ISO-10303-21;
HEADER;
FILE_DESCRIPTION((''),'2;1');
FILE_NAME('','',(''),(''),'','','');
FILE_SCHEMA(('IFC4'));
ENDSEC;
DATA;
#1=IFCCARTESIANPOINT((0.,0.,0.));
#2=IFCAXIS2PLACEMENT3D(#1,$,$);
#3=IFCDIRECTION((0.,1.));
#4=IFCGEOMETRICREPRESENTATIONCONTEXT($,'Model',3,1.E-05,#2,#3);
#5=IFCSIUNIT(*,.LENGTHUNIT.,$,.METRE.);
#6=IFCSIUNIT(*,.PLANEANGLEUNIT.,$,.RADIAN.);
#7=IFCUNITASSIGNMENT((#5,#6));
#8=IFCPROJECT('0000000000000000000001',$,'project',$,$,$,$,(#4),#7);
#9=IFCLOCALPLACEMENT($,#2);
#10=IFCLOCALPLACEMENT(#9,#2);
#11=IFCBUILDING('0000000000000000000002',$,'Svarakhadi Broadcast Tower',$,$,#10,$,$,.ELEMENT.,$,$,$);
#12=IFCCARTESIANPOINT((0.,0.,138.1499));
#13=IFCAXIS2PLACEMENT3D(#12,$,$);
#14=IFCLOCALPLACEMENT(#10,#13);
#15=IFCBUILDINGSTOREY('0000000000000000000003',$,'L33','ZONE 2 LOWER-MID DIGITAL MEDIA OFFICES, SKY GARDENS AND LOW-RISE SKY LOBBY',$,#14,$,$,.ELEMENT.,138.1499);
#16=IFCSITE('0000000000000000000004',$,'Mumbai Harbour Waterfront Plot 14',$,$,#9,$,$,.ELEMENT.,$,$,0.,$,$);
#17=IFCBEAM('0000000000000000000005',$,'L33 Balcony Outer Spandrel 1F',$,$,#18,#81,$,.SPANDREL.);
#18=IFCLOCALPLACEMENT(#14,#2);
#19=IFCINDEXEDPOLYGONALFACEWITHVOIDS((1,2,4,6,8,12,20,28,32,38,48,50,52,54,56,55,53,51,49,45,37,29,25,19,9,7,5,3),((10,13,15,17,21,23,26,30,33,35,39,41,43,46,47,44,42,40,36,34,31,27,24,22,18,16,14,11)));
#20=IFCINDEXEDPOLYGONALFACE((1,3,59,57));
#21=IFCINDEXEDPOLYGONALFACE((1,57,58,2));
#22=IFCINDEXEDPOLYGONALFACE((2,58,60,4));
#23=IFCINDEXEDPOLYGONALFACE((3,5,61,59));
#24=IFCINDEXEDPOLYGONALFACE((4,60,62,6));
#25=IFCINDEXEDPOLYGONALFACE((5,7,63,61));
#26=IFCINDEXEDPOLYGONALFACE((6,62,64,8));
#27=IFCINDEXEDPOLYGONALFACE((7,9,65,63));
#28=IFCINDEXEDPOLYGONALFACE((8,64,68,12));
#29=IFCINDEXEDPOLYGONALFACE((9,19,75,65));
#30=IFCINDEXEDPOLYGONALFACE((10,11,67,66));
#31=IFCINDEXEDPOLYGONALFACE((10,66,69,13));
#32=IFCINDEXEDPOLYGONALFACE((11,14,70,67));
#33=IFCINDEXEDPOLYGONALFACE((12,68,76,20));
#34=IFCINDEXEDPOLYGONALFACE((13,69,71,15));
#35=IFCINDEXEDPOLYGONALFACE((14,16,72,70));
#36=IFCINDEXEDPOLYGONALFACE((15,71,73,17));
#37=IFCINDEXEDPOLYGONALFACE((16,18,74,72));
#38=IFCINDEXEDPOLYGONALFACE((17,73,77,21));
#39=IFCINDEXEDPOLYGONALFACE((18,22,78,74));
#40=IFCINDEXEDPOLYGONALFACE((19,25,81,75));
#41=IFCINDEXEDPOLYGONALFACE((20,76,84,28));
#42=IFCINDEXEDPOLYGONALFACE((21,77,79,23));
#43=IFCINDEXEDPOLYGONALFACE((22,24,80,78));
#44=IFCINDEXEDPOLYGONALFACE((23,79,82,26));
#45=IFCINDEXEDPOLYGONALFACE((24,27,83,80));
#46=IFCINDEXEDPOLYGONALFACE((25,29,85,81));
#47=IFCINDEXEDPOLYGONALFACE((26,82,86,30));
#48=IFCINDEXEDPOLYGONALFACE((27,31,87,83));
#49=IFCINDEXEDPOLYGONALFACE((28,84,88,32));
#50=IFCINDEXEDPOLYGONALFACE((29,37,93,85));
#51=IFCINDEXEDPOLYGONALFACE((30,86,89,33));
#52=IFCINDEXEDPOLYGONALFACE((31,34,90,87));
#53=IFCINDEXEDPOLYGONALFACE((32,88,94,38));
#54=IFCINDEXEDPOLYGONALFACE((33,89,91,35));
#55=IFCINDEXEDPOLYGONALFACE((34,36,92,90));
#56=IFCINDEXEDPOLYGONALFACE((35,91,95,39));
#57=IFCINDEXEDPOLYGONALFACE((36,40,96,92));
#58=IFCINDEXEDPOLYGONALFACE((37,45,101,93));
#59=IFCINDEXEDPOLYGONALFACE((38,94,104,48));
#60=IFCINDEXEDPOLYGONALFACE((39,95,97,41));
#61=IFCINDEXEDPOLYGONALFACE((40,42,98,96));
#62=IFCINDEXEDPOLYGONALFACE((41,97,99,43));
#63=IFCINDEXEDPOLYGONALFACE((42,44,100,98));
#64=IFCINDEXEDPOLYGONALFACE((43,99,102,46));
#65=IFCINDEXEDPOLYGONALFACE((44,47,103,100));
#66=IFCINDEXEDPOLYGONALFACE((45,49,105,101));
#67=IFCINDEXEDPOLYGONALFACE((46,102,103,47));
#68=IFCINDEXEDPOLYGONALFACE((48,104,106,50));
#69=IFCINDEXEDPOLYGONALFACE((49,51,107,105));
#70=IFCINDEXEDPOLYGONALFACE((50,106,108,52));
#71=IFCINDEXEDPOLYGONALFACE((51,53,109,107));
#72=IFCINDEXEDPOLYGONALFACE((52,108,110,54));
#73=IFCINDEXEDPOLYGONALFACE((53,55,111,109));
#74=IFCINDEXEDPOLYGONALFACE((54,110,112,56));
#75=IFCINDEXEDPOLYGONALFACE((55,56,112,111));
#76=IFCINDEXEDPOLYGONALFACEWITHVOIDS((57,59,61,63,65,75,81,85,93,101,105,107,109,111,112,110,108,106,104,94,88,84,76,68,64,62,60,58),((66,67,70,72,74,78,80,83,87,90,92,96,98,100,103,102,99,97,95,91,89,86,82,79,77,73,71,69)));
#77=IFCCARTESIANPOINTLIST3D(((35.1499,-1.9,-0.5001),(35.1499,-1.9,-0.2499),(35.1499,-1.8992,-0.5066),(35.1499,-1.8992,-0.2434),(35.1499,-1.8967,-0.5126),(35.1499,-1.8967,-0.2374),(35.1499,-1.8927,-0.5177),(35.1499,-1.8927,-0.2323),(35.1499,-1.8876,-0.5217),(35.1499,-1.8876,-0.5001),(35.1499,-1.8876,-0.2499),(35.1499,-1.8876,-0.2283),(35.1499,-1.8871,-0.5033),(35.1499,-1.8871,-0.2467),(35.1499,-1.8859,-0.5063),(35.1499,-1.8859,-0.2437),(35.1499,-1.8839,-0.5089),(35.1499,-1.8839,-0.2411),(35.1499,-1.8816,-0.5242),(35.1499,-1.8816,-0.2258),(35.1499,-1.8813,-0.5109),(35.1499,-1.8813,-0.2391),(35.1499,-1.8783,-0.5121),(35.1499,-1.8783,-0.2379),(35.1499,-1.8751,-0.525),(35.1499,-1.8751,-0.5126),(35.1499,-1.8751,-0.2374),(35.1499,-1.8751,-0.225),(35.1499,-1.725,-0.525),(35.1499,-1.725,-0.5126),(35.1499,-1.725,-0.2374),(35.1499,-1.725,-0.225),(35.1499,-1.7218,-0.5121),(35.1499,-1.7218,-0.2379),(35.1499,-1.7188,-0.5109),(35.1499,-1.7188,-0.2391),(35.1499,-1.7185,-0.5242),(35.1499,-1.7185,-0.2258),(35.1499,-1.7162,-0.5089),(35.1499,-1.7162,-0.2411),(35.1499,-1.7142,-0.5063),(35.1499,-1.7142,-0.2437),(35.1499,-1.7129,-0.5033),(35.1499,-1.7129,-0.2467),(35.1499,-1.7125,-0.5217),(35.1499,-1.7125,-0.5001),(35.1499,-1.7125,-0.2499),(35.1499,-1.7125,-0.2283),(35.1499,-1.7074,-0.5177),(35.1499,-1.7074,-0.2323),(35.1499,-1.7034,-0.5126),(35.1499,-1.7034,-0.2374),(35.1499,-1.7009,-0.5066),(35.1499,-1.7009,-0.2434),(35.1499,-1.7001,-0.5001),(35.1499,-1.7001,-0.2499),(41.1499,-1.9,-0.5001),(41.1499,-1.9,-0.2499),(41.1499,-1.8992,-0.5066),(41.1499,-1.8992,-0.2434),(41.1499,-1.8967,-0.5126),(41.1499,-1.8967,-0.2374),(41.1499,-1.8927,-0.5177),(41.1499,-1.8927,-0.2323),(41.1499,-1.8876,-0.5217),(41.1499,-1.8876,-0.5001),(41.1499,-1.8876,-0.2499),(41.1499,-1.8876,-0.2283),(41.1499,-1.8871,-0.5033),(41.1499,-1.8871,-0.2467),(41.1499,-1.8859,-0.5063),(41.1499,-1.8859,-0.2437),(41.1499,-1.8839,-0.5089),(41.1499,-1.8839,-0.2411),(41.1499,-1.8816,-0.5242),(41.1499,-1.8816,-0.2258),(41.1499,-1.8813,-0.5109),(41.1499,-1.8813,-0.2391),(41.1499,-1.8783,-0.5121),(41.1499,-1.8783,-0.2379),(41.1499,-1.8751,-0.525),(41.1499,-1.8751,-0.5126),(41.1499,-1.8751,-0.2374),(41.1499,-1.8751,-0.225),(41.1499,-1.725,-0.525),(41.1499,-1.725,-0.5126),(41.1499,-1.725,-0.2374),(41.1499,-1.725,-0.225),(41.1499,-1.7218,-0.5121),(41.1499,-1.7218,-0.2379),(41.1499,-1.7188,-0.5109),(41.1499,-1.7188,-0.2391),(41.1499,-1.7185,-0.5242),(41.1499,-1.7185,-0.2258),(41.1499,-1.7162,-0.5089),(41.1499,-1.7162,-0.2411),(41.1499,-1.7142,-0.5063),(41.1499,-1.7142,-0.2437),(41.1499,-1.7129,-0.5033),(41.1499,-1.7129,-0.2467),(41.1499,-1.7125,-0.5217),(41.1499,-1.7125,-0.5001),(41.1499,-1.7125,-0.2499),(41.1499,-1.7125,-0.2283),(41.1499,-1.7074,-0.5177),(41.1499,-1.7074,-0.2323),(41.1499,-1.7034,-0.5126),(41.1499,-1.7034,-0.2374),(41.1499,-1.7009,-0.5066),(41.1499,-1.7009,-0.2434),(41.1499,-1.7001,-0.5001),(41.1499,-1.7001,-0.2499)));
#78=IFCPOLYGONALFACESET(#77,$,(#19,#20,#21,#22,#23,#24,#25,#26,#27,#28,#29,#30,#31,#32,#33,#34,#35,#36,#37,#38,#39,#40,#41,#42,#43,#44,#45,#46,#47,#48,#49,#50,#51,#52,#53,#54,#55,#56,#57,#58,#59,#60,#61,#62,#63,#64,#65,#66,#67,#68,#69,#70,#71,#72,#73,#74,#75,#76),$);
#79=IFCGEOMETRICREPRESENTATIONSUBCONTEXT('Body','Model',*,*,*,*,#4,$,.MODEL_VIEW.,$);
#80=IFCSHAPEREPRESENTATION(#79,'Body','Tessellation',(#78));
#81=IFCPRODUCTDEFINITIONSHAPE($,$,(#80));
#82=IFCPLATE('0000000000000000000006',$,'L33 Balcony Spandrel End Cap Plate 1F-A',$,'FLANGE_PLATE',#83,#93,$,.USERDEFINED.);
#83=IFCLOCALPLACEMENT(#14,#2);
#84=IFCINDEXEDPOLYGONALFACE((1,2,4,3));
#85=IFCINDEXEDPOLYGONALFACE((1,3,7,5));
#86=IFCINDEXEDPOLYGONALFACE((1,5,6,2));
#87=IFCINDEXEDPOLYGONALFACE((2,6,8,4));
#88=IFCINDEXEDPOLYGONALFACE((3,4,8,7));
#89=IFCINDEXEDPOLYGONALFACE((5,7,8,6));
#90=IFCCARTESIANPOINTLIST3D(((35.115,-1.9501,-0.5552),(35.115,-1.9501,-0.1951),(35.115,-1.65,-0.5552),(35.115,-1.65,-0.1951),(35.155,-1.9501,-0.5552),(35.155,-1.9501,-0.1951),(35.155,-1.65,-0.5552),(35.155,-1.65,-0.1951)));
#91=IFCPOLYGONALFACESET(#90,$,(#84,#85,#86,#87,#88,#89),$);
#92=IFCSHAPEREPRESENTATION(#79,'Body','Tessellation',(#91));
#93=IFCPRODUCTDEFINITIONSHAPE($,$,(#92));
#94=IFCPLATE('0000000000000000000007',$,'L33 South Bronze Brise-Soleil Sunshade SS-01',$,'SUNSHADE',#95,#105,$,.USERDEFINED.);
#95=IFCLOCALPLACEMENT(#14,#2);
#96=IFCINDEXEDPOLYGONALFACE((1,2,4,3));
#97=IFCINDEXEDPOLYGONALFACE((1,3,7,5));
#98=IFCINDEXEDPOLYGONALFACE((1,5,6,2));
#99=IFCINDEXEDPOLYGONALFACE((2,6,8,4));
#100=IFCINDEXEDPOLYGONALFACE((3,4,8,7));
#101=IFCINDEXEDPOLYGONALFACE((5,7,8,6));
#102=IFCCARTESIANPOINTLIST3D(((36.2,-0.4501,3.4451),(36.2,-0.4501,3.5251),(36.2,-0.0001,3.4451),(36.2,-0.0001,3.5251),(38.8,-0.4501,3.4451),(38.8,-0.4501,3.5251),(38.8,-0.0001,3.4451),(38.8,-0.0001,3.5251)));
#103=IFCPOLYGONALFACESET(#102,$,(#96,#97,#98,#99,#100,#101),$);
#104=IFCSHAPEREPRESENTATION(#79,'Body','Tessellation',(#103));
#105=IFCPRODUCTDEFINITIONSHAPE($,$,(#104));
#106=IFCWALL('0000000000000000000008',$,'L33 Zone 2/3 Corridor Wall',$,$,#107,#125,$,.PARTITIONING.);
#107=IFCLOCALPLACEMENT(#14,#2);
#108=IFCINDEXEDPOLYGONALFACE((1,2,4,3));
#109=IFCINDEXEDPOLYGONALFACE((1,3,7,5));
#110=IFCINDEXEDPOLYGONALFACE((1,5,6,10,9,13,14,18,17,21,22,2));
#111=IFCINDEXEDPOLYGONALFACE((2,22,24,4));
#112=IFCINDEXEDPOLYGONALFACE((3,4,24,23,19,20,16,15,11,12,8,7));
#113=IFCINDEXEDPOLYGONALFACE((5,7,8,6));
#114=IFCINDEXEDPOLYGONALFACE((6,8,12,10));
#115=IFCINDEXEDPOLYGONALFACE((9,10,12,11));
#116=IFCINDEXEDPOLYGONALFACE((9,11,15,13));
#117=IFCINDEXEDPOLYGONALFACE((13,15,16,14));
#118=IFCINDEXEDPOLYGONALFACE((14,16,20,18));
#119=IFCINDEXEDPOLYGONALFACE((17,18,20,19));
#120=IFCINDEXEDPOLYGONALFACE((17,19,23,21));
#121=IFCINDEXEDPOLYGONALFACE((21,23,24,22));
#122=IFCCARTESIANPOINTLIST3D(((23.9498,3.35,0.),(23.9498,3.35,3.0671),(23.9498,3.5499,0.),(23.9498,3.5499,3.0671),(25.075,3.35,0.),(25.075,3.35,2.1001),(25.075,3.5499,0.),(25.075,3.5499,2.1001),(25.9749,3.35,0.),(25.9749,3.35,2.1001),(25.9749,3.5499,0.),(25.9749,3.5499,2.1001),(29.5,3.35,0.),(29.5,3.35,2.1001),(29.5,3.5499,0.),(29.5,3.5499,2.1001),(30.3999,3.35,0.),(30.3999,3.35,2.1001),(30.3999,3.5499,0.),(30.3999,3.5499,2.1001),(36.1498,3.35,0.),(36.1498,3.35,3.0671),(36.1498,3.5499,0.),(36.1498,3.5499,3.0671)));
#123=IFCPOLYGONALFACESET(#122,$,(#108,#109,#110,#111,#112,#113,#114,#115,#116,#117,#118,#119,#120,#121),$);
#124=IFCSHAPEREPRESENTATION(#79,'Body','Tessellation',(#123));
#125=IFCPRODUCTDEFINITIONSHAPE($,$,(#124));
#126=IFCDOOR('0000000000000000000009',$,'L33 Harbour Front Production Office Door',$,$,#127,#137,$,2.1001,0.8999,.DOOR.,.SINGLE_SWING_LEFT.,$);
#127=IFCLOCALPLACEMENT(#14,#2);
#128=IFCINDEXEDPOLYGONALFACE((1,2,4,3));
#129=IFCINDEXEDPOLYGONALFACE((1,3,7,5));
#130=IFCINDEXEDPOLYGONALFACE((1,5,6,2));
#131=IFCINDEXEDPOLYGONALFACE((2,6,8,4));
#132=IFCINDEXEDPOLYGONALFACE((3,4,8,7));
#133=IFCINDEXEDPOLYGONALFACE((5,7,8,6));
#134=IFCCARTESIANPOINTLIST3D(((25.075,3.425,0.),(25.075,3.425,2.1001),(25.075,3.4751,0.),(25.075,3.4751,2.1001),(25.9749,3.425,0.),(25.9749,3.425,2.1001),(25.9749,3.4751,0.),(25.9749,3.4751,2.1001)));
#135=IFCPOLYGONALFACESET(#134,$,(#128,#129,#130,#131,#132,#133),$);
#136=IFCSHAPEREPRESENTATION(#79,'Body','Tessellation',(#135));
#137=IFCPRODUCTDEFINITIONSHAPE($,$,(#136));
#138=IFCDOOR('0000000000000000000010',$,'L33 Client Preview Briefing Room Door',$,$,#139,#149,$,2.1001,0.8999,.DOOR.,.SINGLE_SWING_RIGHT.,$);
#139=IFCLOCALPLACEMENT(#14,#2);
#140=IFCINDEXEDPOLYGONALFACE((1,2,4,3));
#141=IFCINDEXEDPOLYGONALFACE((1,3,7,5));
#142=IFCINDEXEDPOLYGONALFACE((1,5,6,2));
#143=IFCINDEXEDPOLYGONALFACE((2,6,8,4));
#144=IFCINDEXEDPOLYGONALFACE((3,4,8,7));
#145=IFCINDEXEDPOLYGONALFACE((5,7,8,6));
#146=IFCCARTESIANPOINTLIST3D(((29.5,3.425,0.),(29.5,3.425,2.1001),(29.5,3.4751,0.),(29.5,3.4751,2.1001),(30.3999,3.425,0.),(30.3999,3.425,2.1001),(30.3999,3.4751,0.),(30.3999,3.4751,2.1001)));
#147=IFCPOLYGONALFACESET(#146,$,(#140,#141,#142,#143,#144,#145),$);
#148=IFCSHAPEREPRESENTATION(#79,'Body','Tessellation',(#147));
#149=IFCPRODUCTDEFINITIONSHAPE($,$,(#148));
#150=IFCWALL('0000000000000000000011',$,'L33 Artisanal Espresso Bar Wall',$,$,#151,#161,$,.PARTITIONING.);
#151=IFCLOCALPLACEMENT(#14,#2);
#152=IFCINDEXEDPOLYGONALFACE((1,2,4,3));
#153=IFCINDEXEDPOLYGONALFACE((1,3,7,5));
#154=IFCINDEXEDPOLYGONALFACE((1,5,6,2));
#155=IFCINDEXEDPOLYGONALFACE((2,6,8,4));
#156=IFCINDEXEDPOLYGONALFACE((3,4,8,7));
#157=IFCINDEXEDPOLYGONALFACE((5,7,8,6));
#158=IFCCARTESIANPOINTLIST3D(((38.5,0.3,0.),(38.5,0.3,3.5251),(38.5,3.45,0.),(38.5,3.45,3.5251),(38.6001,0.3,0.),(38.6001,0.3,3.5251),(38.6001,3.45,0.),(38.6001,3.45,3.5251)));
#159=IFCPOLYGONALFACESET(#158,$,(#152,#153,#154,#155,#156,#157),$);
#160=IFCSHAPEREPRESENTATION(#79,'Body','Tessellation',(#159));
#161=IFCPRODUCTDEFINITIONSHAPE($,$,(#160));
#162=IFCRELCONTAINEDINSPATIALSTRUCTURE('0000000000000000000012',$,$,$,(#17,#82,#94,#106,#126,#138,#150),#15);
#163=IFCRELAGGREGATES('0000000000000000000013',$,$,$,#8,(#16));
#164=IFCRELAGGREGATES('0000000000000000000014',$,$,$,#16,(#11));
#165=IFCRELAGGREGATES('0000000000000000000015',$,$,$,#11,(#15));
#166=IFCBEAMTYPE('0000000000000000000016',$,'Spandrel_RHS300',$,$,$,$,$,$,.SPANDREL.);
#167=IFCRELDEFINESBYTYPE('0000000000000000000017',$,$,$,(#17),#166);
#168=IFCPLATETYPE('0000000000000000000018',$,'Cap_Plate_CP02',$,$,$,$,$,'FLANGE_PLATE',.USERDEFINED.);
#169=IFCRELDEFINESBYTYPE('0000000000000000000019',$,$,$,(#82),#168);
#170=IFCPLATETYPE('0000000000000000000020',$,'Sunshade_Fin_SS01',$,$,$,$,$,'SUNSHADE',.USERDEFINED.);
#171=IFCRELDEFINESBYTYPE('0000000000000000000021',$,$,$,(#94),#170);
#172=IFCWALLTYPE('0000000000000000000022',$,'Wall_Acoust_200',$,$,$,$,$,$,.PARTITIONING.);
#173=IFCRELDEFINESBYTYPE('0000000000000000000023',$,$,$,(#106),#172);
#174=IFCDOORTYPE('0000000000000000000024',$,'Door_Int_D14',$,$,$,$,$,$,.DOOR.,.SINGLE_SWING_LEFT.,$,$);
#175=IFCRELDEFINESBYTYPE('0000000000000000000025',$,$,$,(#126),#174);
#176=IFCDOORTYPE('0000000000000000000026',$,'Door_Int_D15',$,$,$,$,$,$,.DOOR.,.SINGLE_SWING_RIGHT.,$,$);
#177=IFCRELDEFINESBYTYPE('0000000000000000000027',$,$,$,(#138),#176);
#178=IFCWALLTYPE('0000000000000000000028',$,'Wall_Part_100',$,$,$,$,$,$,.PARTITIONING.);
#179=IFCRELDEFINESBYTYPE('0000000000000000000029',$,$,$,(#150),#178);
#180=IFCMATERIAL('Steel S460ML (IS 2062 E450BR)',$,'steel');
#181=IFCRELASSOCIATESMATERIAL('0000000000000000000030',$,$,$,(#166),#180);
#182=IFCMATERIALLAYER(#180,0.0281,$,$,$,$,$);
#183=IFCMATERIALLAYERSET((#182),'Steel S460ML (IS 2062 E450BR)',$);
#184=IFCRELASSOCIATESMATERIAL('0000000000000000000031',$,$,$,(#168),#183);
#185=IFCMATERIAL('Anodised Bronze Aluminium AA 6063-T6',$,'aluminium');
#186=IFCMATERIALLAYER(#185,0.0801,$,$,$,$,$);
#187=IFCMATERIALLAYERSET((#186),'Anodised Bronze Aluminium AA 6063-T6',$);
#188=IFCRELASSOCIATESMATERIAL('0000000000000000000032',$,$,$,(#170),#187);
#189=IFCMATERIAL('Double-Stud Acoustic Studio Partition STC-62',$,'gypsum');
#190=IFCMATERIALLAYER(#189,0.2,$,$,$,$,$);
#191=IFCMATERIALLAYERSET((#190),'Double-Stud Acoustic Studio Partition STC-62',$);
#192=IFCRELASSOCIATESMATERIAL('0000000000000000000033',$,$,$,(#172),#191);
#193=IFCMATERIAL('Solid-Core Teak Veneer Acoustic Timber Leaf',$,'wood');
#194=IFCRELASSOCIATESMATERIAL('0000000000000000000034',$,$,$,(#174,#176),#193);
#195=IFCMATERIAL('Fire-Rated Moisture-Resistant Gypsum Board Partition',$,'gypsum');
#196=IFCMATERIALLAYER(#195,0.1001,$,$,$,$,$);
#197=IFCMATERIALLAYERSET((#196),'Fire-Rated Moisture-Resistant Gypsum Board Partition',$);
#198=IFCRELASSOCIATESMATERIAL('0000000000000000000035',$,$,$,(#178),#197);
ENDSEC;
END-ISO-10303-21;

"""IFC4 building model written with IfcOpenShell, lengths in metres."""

from ifc_helpers import new_model, si_unit, direction, frame, frame_2d, origin, origin_2d, place, context, subcontext, project, spatial, rectangle, hollow_rectangle, extrude, material, layer, layer_set, material_profile, profile_set, type_object, element, fill, save


model = new_model("IFC4")

# Units and contexts
model_context = context("Model", 3, precision=1e-05, world=origin(), true_north=direction((0.0, 1.0)))
body_context = subcontext(model_context, "Body", "Model", "MODEL_VIEW")
ifc_project = project(units=[si_unit("LENGTHUNIT", "METRE"), si_unit("PLANEANGLEUNIT", "RADIAN")], contexts=[model_context])

# Site, building, storey
site_placement = place(None, origin())
site = spatial("IfcSite", under=ifc_project, at=site_placement, Name="Mumbai Harbour Waterfront Plot 14", CompositionType="ELEMENT", RefElevation=0.0)
building_placement = place(site_placement, origin())
building = spatial("IfcBuilding", under=site, at=building_placement, Name="Svarakhadi Broadcast Tower", CompositionType="ELEMENT")
storey_placement = place(building_placement, frame((0.0, 0.0, 138.1499)))
storey = spatial("IfcBuildingStorey", under=building, at=storey_placement, Name="L33", Description="ZONE 2 LOWER-MID DIGITAL MEDIA OFFICES, SKY GARDENS AND LOW-RISE SKY LOBBY", CompositionType="ELEMENT", Elevation=138.1499)

# Shared definitions
ifc_material_1 = material(Name="Steel S460ML (IS 2062 E450BR)", Category="steel")

# Beam
ifc_material_profile_1 = material_profile(ifc_material_1, hollow_rectangle(XDim=0.2, YDim=0.3, WallThickness=0.0125, InnerFilletRadius=0.0125, OuterFilletRadius=0.0249, at=origin_2d()), Name="RHS 300x200x12.5")
ifc_profile_set_1 = profile_set([ifc_material_profile_1], Name="Steel S460ML (IS 2062 E450BR)")
beam_type_1 = type_object("IfcBeamType", Name="Spandrel_RHS300", PredefinedType="SPANDREL", material=ifc_profile_set_1)
beam_1_placement = place(storey_placement, frame((35.1499, -1.8, -0.375), z_axis=(1.0, 0.0, 0.0), x_axis=(0.0, 1.0, 0.0)))
element("IfcBeam", 1, at=beam_1_placement, inside=storey, type_object=beam_type_1, Name="L33 Balcony Outer Spandrel 1F", PredefinedType="SPANDREL", context=body_context, shape_type="SweptSolid", body=[
    extrude(hollow_rectangle(XDim=0.2, YDim=0.3, WallThickness=0.0125, InnerFilletRadius=0.0125, OuterFilletRadius=0.0249, at=origin_2d()), origin(), (0.0, 0.0, 1.0), 6.0),
])

# Plates
ifc_layer_1 = layer(ifc_material_1, 0.0281)
ifc_layer_set_1 = layer_set([ifc_layer_1], Name="Steel S460ML (IS 2062 E450BR)")
plate_type_1 = type_object("IfcPlateType", Name="Cap_Plate_CP02", ElementType="FLANGE_PLATE", PredefinedType="USERDEFINED", material=ifc_layer_set_1)
plate_1_placement = place(storey_placement, frame((35.135, -1.8, -0.5552), z_axis=(0.0, 0.0, 1.0), x_axis=(1.0, 0.0, 0.0)))
element("IfcPlate", 2, at=plate_1_placement, inside=storey, type_object=plate_type_1, Name="L33 Balcony Spandrel End Cap Plate 1F-A", ObjectType="FLANGE_PLATE", PredefinedType="USERDEFINED", context=body_context, shape_type="SweptSolid", body=[
    extrude(rectangle(XDim=0.04, YDim=0.3, at=origin_2d()), origin(), (0.0, 0.0, 1.0), 0.3601),
])
ifc_material_2 = material(Name="Anodised Bronze Aluminium AA 6063-T6", Category="aluminium")
ifc_layer_2 = layer(ifc_material_2, 0.0801)
ifc_layer_set_2 = layer_set([ifc_layer_2], Name="Anodised Bronze Aluminium AA 6063-T6")
plate_type_2 = type_object("IfcPlateType", Name="Sunshade_Fin_SS01", ElementType="SUNSHADE", PredefinedType="USERDEFINED", material=ifc_layer_set_2)
plate_2_placement = place(storey_placement, frame((37.5, -0.2251, 3.4451), z_axis=(0.0, 0.0, 1.0), x_axis=(1.0, 0.0, 0.0)))
element("IfcPlate", 3, at=plate_2_placement, inside=storey, type_object=plate_type_2, Name="L33 South Bronze Brise-Soleil Sunshade SS-01", ObjectType="SUNSHADE", PredefinedType="USERDEFINED", context=body_context, shape_type="SweptSolid", body=[
    extrude(rectangle(XDim=2.6001, YDim=0.45, at=origin_2d()), origin(), (0.0, 0.0, 1.0), 0.0801),
])

# Wall, openings, doors
ifc_material_3 = material(Name="Double-Stud Acoustic Studio Partition STC-62", Category="gypsum")
ifc_layer_3 = layer(ifc_material_3, 0.2)
ifc_layer_set_3 = layer_set([ifc_layer_3], Name="Double-Stud Acoustic Studio Partition STC-62")
wall_type_1 = type_object("IfcWallType", Name="Wall_Acoust_200", PredefinedType="PARTITIONING", material=ifc_layer_set_3)
wall_1_placement = place(storey_placement, frame((36.1499, 3.45, 0.0), z_axis=(0.0, 0.0, 1.0), x_axis=(-1.0, 0.0, 0.0)))
wall_1 = element("IfcWall", 4, at=wall_1_placement, inside=storey, type_object=wall_type_1, Name="L33 Zone 2/3 Corridor Wall", PredefinedType="PARTITIONING", context=body_context, shape_type="SweptSolid", body=[
    extrude(rectangle(XDim=12.2, YDim=0.2, at=frame_2d((6.1001, 0.0))), origin(), (0.0, 0.0, 1.0), 3.0671),
])
opening_1_placement = place(wall_1_placement, frame((10.175, 0.0, 0.0)))
opening_1 = element("IfcOpeningElement", 5, at=opening_1_placement, cuts=wall_1, PredefinedType="OPENING", context=body_context, shape_type="SweptSolid", body=[
    extrude(rectangle(XDim=0.8999, YDim=2.1001, at=frame_2d((0.45, 1.05))), frame((0.0, 0.1099, 0.0), z_axis=(0.0, -1.0, 0.0), x_axis=(1.0, 0.0, 0.0)), (0.0, 0.0, 1.0), 0.22),
])
opening_2_placement = place(wall_1_placement, frame((5.75, 0.0, 0.0)))
opening_2 = element("IfcOpeningElement", 6, at=opening_2_placement, cuts=wall_1, PredefinedType="OPENING", context=body_context, shape_type="SweptSolid", body=[
    extrude(rectangle(XDim=0.8999, YDim=2.1001, at=frame_2d((0.45, 1.05))), frame((0.0, 0.1099, 0.0), z_axis=(0.0, -1.0, 0.0), x_axis=(1.0, 0.0, 0.0)), (0.0, 0.0, 1.0), 0.22),
])
ifc_material_4 = material(Name="Solid-Core Teak Veneer Acoustic Timber Leaf", Category="wood")
door_type_1 = type_object("IfcDoorType", Name="Door_Int_D14", OperationType="SINGLE_SWING_LEFT", PredefinedType="DOOR", material=ifc_material_4)
door_1_placement = place(opening_1_placement, origin())
door_1 = element("IfcDoor", 7, at=door_1_placement, inside=storey, type_object=door_type_1, Name="L33 Harbour Front Production Office Door", OperationType="SINGLE_SWING_LEFT", OverallHeight=2.1001, OverallWidth=0.8999, PredefinedType="DOOR", context=body_context, shape_type="SweptSolid", body=[
    extrude(rectangle(XDim=0.8999, YDim=2.1001, at=frame_2d((0.45, 1.05))), frame((0.0, 0.0249, 0.0), z_axis=(0.0, -1.0, 0.0), x_axis=(1.0, 0.0, 0.0)), (0.0, 0.0, 1.0), 0.05),
])
fill(opening_1, door_1)
door_type_2 = type_object("IfcDoorType", Name="Door_Int_D15", OperationType="SINGLE_SWING_RIGHT", PredefinedType="DOOR", material=ifc_material_4)
door_2_placement = place(opening_2_placement, origin())
door_2 = element("IfcDoor", 8, at=door_2_placement, inside=storey, type_object=door_type_2, Name="L33 Client Preview Briefing Room Door", OperationType="SINGLE_SWING_RIGHT", OverallHeight=2.1001, OverallWidth=0.8999, PredefinedType="DOOR", context=body_context, shape_type="SweptSolid", body=[
    extrude(rectangle(XDim=0.8999, YDim=2.1001, at=frame_2d((0.45, 1.05))), frame((0.0, 0.0249, 0.0), z_axis=(0.0, -1.0, 0.0), x_axis=(1.0, 0.0, 0.0)), (0.0, 0.0, 1.0), 0.05),
])
fill(opening_2, door_2)

# Wall
ifc_material_5 = material(Name="Fire-Rated Moisture-Resistant Gypsum Board Partition", Category="gypsum")
ifc_layer_4 = layer(ifc_material_5, 0.1001)
ifc_layer_set_4 = layer_set([ifc_layer_4], Name="Fire-Rated Moisture-Resistant Gypsum Board Partition")
wall_type_2 = type_object("IfcWallType", Name="Wall_Part_100", PredefinedType="PARTITIONING", material=ifc_layer_set_4)
wall_2_placement = place(storey_placement, frame((38.55, 0.3, 0.0), z_axis=(0.0, 0.0, 1.0), x_axis=(0.0, 1.0, 0.0)))
element("IfcWall", 9, at=wall_2_placement, inside=storey, type_object=wall_type_2, Name="L33 Artisanal Espresso Bar Wall", PredefinedType="PARTITIONING", context=body_context, shape_type="SweptSolid", body=[
    extrude(rectangle(XDim=3.1499, YDim=0.1001, at=frame_2d((1.575, 0.0))), origin(), (0.0, 0.0, 1.0), 3.5251),
])

save(model, "model.ifc")
